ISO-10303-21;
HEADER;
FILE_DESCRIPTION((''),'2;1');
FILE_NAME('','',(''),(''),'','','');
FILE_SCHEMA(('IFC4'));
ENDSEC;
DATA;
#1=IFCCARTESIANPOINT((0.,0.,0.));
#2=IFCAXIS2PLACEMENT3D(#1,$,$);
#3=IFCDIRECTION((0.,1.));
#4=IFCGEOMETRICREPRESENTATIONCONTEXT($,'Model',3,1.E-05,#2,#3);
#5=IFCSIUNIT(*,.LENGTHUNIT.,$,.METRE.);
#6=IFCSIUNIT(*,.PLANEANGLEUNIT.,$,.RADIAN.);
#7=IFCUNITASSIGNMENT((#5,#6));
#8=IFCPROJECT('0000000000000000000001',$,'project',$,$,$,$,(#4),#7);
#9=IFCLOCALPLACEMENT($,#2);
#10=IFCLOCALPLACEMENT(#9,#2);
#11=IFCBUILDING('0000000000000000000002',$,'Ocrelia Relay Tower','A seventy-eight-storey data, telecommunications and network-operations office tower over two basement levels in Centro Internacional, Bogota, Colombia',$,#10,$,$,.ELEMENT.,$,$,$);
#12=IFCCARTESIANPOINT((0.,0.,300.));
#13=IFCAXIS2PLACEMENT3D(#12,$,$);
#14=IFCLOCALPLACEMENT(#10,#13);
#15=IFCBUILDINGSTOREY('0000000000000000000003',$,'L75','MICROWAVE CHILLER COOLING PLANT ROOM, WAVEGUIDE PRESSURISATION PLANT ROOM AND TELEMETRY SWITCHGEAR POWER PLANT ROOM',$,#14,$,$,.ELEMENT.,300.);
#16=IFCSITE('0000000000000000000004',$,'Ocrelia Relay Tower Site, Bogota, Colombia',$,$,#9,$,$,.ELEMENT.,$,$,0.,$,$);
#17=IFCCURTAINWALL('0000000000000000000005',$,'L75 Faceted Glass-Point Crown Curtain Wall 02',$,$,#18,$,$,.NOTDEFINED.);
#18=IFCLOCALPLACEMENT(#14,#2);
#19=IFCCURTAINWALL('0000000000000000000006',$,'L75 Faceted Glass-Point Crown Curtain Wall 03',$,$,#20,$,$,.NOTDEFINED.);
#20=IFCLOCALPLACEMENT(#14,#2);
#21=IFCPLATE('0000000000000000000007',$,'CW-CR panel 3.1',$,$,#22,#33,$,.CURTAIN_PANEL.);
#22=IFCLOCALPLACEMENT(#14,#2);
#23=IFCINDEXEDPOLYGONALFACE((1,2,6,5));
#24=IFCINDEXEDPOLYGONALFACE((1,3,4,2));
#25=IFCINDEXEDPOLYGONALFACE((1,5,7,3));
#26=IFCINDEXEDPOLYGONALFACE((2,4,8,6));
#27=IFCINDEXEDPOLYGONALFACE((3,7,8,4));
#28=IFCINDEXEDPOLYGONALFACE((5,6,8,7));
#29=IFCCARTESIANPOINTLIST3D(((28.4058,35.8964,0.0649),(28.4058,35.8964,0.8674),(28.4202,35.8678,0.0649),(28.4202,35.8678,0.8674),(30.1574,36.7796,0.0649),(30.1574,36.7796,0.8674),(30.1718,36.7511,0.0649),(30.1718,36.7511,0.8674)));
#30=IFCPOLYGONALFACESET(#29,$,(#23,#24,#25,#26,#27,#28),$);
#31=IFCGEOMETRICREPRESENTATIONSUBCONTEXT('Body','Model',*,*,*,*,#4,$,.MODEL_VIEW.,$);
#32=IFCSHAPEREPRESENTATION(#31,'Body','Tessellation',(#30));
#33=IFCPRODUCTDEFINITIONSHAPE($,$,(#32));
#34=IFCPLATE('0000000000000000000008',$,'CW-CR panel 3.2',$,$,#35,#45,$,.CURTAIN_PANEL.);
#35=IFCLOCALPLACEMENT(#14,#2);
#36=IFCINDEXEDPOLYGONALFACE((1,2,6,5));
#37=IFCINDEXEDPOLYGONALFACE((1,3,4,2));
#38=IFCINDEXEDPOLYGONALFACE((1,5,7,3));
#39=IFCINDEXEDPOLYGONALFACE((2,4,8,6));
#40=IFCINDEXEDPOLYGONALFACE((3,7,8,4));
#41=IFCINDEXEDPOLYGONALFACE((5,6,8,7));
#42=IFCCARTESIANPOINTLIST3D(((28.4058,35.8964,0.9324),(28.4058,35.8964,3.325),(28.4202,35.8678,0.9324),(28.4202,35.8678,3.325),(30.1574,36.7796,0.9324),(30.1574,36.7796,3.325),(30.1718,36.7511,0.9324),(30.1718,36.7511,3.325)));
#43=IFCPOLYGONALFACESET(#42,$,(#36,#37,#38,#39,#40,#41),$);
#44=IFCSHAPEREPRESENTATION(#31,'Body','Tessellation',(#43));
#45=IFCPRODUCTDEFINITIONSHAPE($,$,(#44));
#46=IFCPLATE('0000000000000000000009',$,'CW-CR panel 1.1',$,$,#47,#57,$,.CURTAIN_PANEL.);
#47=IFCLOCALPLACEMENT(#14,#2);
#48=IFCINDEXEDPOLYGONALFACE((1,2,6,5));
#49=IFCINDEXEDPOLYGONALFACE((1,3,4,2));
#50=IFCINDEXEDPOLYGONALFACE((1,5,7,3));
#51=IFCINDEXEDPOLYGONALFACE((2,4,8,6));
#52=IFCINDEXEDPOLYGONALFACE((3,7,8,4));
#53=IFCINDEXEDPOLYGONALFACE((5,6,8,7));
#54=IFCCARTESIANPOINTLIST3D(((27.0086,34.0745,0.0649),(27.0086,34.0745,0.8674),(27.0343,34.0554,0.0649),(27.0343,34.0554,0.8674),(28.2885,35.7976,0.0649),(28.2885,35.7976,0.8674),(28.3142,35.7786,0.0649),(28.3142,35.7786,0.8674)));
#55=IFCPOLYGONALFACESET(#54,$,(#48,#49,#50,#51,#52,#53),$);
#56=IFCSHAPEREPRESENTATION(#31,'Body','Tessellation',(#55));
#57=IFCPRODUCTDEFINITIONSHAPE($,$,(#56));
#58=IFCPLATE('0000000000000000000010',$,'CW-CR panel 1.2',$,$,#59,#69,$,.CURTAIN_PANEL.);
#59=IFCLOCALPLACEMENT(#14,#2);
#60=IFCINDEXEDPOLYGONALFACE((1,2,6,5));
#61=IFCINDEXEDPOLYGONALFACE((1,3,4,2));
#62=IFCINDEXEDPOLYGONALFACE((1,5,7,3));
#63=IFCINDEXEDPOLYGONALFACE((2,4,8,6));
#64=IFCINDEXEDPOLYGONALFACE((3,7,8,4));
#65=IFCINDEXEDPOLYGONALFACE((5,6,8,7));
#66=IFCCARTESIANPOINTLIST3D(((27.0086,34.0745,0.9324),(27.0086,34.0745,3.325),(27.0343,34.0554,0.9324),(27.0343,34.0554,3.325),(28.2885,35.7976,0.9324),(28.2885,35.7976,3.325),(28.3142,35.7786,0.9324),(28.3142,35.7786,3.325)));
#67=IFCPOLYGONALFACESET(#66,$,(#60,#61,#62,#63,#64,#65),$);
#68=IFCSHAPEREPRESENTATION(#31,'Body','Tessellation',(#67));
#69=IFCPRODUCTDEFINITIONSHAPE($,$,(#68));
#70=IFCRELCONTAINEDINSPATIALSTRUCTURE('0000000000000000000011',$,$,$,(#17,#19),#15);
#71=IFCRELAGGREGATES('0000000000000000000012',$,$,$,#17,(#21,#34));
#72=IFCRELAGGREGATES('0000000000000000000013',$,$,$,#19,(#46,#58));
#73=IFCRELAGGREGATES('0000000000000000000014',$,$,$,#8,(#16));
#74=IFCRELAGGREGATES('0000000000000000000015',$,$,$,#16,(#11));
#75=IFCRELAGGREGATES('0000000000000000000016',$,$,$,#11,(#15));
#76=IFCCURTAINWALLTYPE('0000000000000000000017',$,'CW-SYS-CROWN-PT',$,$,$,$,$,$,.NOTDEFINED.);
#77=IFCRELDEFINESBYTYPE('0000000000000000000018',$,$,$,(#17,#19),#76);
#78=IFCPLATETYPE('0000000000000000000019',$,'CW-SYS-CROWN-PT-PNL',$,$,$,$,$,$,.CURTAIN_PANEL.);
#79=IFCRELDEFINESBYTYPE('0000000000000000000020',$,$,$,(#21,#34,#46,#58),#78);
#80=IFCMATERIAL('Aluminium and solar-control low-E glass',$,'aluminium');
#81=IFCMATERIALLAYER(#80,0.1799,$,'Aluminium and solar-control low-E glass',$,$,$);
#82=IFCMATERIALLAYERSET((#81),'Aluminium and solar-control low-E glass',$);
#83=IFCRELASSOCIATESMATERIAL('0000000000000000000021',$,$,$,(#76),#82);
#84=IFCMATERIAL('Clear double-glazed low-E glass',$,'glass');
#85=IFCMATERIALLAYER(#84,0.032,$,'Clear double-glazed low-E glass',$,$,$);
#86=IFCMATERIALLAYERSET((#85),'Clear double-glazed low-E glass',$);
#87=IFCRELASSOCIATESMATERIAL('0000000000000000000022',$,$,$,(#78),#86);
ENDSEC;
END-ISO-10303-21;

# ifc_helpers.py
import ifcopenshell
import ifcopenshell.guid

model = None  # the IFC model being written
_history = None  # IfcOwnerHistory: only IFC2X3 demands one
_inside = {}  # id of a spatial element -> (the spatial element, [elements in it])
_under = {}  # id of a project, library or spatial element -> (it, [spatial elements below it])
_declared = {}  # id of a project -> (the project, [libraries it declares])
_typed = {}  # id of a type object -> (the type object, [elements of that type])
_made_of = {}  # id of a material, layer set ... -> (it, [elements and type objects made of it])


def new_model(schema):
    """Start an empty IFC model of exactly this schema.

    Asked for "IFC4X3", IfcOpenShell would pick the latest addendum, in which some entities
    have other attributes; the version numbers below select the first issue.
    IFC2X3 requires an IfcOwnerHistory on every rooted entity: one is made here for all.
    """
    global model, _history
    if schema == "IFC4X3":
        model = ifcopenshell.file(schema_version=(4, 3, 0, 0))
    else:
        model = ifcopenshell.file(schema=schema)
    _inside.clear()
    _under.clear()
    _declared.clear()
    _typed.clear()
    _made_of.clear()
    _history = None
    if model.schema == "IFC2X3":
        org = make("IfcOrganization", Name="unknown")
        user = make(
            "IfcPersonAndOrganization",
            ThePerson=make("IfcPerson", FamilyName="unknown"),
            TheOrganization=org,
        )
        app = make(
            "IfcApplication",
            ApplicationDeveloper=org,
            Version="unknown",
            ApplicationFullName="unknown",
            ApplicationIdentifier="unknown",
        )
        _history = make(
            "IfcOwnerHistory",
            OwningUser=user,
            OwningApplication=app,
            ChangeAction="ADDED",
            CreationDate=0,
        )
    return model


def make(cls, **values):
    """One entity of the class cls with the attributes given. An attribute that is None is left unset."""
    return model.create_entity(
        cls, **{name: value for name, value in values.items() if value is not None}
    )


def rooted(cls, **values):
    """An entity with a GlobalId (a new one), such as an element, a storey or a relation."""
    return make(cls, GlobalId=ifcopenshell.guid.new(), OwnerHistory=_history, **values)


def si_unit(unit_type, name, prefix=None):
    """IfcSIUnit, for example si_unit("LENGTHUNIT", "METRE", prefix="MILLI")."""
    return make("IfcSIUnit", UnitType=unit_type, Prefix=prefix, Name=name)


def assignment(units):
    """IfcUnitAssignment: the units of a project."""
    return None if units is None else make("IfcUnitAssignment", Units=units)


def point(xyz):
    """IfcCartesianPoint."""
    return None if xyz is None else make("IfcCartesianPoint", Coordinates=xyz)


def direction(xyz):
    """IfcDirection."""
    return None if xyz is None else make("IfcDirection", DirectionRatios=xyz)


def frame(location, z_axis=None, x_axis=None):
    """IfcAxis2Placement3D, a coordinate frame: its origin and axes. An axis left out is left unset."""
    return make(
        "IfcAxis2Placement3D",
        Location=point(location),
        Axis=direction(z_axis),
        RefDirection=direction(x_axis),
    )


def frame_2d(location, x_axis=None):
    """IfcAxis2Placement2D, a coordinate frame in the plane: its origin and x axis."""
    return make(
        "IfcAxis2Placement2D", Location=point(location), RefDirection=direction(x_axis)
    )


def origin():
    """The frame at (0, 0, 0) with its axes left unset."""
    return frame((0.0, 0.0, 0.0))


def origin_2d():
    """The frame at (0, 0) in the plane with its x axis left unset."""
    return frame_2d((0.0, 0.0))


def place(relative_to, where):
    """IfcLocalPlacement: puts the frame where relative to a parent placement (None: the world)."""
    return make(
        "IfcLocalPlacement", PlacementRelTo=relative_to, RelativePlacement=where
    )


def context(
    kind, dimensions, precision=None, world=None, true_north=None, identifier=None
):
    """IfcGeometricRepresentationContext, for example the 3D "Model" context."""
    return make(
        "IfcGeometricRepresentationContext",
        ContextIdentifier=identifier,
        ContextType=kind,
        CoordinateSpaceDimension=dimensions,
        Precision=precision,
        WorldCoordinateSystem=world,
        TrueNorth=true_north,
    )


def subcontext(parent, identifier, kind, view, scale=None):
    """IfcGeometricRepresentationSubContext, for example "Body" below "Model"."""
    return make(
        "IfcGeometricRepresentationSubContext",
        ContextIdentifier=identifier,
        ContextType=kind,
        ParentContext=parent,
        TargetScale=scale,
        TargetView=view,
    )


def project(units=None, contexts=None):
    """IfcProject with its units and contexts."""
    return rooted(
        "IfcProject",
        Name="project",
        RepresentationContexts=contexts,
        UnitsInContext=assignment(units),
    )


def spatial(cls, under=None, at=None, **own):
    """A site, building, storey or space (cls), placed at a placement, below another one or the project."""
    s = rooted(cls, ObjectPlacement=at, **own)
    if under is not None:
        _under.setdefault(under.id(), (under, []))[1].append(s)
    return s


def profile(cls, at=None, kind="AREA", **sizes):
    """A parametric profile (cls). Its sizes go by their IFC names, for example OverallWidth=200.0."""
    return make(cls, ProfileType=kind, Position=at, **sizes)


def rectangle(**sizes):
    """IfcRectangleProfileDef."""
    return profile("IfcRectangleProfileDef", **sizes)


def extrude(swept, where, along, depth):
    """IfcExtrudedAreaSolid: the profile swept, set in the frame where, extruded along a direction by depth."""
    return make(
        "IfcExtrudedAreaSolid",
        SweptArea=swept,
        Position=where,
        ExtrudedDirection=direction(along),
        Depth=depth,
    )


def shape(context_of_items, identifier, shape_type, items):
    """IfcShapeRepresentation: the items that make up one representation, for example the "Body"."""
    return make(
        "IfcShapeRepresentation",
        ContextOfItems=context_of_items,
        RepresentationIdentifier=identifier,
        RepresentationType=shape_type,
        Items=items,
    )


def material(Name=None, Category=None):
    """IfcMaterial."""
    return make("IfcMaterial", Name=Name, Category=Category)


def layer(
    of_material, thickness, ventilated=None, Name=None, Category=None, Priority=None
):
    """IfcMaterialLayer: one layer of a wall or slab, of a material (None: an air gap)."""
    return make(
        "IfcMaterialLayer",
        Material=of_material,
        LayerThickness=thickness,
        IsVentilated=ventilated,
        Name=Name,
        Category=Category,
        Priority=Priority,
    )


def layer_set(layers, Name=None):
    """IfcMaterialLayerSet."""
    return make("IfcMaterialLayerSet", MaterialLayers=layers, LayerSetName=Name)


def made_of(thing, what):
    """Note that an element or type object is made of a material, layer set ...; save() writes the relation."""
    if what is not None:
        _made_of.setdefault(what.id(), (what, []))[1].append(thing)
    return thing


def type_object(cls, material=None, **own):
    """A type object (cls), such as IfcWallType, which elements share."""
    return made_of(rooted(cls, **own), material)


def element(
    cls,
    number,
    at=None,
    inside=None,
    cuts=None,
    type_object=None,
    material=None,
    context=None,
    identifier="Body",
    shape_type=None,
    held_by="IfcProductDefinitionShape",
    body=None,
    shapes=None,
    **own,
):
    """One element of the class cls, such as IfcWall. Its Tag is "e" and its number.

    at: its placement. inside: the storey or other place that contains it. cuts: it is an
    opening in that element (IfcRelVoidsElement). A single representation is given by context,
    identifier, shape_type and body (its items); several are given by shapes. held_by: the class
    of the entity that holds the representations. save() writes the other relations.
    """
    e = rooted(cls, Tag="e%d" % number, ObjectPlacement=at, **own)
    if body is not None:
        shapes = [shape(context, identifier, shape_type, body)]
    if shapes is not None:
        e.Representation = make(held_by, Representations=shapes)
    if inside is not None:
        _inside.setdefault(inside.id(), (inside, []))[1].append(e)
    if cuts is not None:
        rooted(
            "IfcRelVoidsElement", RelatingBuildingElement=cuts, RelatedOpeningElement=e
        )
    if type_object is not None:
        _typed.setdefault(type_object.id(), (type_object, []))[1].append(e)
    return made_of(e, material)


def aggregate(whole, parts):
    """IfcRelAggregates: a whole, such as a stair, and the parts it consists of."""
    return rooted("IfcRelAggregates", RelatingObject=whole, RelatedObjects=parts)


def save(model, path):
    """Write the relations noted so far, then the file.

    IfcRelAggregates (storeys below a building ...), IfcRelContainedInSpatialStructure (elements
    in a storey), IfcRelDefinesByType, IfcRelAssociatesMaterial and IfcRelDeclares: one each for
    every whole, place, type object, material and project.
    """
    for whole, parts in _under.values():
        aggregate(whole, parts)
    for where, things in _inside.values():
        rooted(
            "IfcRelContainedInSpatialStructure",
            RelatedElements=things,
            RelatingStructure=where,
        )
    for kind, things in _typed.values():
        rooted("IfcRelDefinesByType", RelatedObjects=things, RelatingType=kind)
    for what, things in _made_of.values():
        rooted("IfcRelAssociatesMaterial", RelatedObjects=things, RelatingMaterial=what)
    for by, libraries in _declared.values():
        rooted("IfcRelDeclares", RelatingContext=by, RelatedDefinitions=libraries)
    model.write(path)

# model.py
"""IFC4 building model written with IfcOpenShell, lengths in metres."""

from ifc_helpers import new_model, si_unit, direction, frame, origin, origin_2d, place, context, subcontext, project, spatial, rectangle, extrude, material, layer, layer_set, type_object, element, aggregate, save


model = new_model("IFC4")

# Units and contexts
model_context = context("Model", 3, precision=1e-05, world=origin(), true_north=direction((0.0, 1.0)))
body_context = subcontext(model_context, "Body", "Model", "MODEL_VIEW")
ifc_project = project(units=[si_unit("LENGTHUNIT", "METRE"), si_unit("PLANEANGLEUNIT", "RADIAN")], contexts=[model_context])

# Site, building, storey
site_placement = place(None, origin())
site = spatial("IfcSite", under=ifc_project, at=site_placement, Name="Ocrelia Relay Tower Site, Bogota, Colombia", CompositionType="ELEMENT", RefElevation=0.0)
building_placement = place(site_placement, origin())
building = spatial("IfcBuilding", under=site, at=building_placement, Name="Ocrelia Relay Tower", Description="A seventy-eight-storey data, telecommunications and network-operations office tower over two basement levels in Centro Internacional, Bogota, Colombia", CompositionType="ELEMENT")
storey_placement = place(building_placement, frame((0.0, 0.0, 300.0)))
storey = spatial("IfcBuildingStorey", under=building, at=storey_placement, Name="L75", Description="MICROWAVE CHILLER COOLING PLANT ROOM, WAVEGUIDE PRESSURISATION PLANT ROOM AND TELEMETRY SWITCHGEAR POWER PLANT ROOM", CompositionType="ELEMENT", Elevation=300.0)

# Shared definitions
ifc_material_1 = material(Name="Aluminium and solar-control low-E glass", Category="aluminium")
ifc_layer_1 = layer(ifc_material_1, 0.1799, Name="Aluminium and solar-control low-E glass")
ifc_layer_set_1 = layer_set([ifc_layer_1], Name="Aluminium and solar-control low-E glass")
curtain_wall_type = type_object("IfcCurtainWallType", Name="CW-SYS-CROWN-PT", PredefinedType="NOTDEFINED", material=ifc_layer_set_1)

# Curtain wall
curtain_wall_1_placement = place(storey_placement, origin())
curtain_wall_1 = element("IfcCurtainWall", 1, at=curtain_wall_1_placement, inside=storey, type_object=curtain_wall_type, Name="L75 Faceted Glass-Point Crown Curtain Wall 02", PredefinedType="NOTDEFINED")

# Curtain wall
curtain_wall_2_placement = place(storey_placement, origin())
curtain_wall_2 = element("IfcCurtainWall", 2, at=curtain_wall_2_placement, inside=storey, type_object=curtain_wall_type, Name="L75 Faceted Glass-Point Crown Curtain Wall 03", PredefinedType="NOTDEFINED")

# Plates
ifc_material_2 = material(Name="Clear double-glazed low-E glass", Category="glass")
ifc_layer_2 = layer(ifc_material_2, 0.032, Name="Clear double-glazed low-E glass")
ifc_layer_set_2 = layer_set([ifc_layer_2], Name="Clear double-glazed low-E glass")
plate_type = type_object("IfcPlateType", Name="CW-SYS-CROWN-PT-PNL", PredefinedType="CURTAIN_PANEL", material=ifc_layer_set_2)
plate_1_placement = place(storey_placement, frame((29.2888, 36.3237, 0.0649), z_axis=(0.0, 0.0, 1.0), x_axis=(-0.892911, -0.450232, 0.0)))
plate_1 = element("IfcPlate", 3, at=plate_1_placement, type_object=plate_type, Name="CW-CR panel 3.1", PredefinedType="CURTAIN_PANEL", context=body_context, shape_type="SweptSolid", body=[
    extrude(rectangle(XDim=1.9617, YDim=0.032, at=origin_2d()), origin(), (0.0, 0.0, 1.0), 0.8025),
])
plate_2_placement = place(storey_placement, frame((29.2888, 36.3237, 0.9324), z_axis=(0.0, 0.0, 1.0), x_axis=(-0.892911, -0.450232, 0.0)))
plate_2 = element("IfcPlate", 4, at=plate_2_placement, type_object=plate_type, Name="CW-CR panel 3.2", PredefinedType="CURTAIN_PANEL", context=body_context, shape_type="SweptSolid", body=[
    extrude(rectangle(XDim=1.9617, YDim=0.032, at=origin_2d()), origin(), (0.0, 0.0, 1.0), 2.3926),
])
aggregate(curtain_wall_1, [plate_1, plate_2])
plate_3_placement = place(storey_placement, frame((27.6614, 34.9265, 0.0649), z_axis=(0.0, 0.0, 1.0), x_axis=(-0.59628, -0.802777, 0.0)))
plate_3 = element("IfcPlate", 5, at=plate_3_placement, type_object=plate_type, Name="CW-CR panel 1.1", PredefinedType="CURTAIN_PANEL", context=body_context, shape_type="SweptSolid", body=[
    extrude(rectangle(XDim=2.1465, YDim=0.032, at=origin_2d()), origin(), (0.0, 0.0, 1.0), 0.8025),
])
plate_4_placement = place(storey_placement, frame((27.6614, 34.9265, 0.9324), z_axis=(0.0, 0.0, 1.0), x_axis=(-0.59628, -0.802777, 0.0)))
plate_4 = element("IfcPlate", 6, at=plate_4_placement, type_object=plate_type, Name="CW-CR panel 1.2", PredefinedType="CURTAIN_PANEL", context=body_context, shape_type="SweptSolid", body=[
    extrude(rectangle(XDim=2.1465, YDim=0.032, at=origin_2d()), origin(), (0.0, 0.0, 1.0), 2.3926),
])
aggregate(curtain_wall_2, [plate_3, plate_4])

save(model, "model.ifc")
